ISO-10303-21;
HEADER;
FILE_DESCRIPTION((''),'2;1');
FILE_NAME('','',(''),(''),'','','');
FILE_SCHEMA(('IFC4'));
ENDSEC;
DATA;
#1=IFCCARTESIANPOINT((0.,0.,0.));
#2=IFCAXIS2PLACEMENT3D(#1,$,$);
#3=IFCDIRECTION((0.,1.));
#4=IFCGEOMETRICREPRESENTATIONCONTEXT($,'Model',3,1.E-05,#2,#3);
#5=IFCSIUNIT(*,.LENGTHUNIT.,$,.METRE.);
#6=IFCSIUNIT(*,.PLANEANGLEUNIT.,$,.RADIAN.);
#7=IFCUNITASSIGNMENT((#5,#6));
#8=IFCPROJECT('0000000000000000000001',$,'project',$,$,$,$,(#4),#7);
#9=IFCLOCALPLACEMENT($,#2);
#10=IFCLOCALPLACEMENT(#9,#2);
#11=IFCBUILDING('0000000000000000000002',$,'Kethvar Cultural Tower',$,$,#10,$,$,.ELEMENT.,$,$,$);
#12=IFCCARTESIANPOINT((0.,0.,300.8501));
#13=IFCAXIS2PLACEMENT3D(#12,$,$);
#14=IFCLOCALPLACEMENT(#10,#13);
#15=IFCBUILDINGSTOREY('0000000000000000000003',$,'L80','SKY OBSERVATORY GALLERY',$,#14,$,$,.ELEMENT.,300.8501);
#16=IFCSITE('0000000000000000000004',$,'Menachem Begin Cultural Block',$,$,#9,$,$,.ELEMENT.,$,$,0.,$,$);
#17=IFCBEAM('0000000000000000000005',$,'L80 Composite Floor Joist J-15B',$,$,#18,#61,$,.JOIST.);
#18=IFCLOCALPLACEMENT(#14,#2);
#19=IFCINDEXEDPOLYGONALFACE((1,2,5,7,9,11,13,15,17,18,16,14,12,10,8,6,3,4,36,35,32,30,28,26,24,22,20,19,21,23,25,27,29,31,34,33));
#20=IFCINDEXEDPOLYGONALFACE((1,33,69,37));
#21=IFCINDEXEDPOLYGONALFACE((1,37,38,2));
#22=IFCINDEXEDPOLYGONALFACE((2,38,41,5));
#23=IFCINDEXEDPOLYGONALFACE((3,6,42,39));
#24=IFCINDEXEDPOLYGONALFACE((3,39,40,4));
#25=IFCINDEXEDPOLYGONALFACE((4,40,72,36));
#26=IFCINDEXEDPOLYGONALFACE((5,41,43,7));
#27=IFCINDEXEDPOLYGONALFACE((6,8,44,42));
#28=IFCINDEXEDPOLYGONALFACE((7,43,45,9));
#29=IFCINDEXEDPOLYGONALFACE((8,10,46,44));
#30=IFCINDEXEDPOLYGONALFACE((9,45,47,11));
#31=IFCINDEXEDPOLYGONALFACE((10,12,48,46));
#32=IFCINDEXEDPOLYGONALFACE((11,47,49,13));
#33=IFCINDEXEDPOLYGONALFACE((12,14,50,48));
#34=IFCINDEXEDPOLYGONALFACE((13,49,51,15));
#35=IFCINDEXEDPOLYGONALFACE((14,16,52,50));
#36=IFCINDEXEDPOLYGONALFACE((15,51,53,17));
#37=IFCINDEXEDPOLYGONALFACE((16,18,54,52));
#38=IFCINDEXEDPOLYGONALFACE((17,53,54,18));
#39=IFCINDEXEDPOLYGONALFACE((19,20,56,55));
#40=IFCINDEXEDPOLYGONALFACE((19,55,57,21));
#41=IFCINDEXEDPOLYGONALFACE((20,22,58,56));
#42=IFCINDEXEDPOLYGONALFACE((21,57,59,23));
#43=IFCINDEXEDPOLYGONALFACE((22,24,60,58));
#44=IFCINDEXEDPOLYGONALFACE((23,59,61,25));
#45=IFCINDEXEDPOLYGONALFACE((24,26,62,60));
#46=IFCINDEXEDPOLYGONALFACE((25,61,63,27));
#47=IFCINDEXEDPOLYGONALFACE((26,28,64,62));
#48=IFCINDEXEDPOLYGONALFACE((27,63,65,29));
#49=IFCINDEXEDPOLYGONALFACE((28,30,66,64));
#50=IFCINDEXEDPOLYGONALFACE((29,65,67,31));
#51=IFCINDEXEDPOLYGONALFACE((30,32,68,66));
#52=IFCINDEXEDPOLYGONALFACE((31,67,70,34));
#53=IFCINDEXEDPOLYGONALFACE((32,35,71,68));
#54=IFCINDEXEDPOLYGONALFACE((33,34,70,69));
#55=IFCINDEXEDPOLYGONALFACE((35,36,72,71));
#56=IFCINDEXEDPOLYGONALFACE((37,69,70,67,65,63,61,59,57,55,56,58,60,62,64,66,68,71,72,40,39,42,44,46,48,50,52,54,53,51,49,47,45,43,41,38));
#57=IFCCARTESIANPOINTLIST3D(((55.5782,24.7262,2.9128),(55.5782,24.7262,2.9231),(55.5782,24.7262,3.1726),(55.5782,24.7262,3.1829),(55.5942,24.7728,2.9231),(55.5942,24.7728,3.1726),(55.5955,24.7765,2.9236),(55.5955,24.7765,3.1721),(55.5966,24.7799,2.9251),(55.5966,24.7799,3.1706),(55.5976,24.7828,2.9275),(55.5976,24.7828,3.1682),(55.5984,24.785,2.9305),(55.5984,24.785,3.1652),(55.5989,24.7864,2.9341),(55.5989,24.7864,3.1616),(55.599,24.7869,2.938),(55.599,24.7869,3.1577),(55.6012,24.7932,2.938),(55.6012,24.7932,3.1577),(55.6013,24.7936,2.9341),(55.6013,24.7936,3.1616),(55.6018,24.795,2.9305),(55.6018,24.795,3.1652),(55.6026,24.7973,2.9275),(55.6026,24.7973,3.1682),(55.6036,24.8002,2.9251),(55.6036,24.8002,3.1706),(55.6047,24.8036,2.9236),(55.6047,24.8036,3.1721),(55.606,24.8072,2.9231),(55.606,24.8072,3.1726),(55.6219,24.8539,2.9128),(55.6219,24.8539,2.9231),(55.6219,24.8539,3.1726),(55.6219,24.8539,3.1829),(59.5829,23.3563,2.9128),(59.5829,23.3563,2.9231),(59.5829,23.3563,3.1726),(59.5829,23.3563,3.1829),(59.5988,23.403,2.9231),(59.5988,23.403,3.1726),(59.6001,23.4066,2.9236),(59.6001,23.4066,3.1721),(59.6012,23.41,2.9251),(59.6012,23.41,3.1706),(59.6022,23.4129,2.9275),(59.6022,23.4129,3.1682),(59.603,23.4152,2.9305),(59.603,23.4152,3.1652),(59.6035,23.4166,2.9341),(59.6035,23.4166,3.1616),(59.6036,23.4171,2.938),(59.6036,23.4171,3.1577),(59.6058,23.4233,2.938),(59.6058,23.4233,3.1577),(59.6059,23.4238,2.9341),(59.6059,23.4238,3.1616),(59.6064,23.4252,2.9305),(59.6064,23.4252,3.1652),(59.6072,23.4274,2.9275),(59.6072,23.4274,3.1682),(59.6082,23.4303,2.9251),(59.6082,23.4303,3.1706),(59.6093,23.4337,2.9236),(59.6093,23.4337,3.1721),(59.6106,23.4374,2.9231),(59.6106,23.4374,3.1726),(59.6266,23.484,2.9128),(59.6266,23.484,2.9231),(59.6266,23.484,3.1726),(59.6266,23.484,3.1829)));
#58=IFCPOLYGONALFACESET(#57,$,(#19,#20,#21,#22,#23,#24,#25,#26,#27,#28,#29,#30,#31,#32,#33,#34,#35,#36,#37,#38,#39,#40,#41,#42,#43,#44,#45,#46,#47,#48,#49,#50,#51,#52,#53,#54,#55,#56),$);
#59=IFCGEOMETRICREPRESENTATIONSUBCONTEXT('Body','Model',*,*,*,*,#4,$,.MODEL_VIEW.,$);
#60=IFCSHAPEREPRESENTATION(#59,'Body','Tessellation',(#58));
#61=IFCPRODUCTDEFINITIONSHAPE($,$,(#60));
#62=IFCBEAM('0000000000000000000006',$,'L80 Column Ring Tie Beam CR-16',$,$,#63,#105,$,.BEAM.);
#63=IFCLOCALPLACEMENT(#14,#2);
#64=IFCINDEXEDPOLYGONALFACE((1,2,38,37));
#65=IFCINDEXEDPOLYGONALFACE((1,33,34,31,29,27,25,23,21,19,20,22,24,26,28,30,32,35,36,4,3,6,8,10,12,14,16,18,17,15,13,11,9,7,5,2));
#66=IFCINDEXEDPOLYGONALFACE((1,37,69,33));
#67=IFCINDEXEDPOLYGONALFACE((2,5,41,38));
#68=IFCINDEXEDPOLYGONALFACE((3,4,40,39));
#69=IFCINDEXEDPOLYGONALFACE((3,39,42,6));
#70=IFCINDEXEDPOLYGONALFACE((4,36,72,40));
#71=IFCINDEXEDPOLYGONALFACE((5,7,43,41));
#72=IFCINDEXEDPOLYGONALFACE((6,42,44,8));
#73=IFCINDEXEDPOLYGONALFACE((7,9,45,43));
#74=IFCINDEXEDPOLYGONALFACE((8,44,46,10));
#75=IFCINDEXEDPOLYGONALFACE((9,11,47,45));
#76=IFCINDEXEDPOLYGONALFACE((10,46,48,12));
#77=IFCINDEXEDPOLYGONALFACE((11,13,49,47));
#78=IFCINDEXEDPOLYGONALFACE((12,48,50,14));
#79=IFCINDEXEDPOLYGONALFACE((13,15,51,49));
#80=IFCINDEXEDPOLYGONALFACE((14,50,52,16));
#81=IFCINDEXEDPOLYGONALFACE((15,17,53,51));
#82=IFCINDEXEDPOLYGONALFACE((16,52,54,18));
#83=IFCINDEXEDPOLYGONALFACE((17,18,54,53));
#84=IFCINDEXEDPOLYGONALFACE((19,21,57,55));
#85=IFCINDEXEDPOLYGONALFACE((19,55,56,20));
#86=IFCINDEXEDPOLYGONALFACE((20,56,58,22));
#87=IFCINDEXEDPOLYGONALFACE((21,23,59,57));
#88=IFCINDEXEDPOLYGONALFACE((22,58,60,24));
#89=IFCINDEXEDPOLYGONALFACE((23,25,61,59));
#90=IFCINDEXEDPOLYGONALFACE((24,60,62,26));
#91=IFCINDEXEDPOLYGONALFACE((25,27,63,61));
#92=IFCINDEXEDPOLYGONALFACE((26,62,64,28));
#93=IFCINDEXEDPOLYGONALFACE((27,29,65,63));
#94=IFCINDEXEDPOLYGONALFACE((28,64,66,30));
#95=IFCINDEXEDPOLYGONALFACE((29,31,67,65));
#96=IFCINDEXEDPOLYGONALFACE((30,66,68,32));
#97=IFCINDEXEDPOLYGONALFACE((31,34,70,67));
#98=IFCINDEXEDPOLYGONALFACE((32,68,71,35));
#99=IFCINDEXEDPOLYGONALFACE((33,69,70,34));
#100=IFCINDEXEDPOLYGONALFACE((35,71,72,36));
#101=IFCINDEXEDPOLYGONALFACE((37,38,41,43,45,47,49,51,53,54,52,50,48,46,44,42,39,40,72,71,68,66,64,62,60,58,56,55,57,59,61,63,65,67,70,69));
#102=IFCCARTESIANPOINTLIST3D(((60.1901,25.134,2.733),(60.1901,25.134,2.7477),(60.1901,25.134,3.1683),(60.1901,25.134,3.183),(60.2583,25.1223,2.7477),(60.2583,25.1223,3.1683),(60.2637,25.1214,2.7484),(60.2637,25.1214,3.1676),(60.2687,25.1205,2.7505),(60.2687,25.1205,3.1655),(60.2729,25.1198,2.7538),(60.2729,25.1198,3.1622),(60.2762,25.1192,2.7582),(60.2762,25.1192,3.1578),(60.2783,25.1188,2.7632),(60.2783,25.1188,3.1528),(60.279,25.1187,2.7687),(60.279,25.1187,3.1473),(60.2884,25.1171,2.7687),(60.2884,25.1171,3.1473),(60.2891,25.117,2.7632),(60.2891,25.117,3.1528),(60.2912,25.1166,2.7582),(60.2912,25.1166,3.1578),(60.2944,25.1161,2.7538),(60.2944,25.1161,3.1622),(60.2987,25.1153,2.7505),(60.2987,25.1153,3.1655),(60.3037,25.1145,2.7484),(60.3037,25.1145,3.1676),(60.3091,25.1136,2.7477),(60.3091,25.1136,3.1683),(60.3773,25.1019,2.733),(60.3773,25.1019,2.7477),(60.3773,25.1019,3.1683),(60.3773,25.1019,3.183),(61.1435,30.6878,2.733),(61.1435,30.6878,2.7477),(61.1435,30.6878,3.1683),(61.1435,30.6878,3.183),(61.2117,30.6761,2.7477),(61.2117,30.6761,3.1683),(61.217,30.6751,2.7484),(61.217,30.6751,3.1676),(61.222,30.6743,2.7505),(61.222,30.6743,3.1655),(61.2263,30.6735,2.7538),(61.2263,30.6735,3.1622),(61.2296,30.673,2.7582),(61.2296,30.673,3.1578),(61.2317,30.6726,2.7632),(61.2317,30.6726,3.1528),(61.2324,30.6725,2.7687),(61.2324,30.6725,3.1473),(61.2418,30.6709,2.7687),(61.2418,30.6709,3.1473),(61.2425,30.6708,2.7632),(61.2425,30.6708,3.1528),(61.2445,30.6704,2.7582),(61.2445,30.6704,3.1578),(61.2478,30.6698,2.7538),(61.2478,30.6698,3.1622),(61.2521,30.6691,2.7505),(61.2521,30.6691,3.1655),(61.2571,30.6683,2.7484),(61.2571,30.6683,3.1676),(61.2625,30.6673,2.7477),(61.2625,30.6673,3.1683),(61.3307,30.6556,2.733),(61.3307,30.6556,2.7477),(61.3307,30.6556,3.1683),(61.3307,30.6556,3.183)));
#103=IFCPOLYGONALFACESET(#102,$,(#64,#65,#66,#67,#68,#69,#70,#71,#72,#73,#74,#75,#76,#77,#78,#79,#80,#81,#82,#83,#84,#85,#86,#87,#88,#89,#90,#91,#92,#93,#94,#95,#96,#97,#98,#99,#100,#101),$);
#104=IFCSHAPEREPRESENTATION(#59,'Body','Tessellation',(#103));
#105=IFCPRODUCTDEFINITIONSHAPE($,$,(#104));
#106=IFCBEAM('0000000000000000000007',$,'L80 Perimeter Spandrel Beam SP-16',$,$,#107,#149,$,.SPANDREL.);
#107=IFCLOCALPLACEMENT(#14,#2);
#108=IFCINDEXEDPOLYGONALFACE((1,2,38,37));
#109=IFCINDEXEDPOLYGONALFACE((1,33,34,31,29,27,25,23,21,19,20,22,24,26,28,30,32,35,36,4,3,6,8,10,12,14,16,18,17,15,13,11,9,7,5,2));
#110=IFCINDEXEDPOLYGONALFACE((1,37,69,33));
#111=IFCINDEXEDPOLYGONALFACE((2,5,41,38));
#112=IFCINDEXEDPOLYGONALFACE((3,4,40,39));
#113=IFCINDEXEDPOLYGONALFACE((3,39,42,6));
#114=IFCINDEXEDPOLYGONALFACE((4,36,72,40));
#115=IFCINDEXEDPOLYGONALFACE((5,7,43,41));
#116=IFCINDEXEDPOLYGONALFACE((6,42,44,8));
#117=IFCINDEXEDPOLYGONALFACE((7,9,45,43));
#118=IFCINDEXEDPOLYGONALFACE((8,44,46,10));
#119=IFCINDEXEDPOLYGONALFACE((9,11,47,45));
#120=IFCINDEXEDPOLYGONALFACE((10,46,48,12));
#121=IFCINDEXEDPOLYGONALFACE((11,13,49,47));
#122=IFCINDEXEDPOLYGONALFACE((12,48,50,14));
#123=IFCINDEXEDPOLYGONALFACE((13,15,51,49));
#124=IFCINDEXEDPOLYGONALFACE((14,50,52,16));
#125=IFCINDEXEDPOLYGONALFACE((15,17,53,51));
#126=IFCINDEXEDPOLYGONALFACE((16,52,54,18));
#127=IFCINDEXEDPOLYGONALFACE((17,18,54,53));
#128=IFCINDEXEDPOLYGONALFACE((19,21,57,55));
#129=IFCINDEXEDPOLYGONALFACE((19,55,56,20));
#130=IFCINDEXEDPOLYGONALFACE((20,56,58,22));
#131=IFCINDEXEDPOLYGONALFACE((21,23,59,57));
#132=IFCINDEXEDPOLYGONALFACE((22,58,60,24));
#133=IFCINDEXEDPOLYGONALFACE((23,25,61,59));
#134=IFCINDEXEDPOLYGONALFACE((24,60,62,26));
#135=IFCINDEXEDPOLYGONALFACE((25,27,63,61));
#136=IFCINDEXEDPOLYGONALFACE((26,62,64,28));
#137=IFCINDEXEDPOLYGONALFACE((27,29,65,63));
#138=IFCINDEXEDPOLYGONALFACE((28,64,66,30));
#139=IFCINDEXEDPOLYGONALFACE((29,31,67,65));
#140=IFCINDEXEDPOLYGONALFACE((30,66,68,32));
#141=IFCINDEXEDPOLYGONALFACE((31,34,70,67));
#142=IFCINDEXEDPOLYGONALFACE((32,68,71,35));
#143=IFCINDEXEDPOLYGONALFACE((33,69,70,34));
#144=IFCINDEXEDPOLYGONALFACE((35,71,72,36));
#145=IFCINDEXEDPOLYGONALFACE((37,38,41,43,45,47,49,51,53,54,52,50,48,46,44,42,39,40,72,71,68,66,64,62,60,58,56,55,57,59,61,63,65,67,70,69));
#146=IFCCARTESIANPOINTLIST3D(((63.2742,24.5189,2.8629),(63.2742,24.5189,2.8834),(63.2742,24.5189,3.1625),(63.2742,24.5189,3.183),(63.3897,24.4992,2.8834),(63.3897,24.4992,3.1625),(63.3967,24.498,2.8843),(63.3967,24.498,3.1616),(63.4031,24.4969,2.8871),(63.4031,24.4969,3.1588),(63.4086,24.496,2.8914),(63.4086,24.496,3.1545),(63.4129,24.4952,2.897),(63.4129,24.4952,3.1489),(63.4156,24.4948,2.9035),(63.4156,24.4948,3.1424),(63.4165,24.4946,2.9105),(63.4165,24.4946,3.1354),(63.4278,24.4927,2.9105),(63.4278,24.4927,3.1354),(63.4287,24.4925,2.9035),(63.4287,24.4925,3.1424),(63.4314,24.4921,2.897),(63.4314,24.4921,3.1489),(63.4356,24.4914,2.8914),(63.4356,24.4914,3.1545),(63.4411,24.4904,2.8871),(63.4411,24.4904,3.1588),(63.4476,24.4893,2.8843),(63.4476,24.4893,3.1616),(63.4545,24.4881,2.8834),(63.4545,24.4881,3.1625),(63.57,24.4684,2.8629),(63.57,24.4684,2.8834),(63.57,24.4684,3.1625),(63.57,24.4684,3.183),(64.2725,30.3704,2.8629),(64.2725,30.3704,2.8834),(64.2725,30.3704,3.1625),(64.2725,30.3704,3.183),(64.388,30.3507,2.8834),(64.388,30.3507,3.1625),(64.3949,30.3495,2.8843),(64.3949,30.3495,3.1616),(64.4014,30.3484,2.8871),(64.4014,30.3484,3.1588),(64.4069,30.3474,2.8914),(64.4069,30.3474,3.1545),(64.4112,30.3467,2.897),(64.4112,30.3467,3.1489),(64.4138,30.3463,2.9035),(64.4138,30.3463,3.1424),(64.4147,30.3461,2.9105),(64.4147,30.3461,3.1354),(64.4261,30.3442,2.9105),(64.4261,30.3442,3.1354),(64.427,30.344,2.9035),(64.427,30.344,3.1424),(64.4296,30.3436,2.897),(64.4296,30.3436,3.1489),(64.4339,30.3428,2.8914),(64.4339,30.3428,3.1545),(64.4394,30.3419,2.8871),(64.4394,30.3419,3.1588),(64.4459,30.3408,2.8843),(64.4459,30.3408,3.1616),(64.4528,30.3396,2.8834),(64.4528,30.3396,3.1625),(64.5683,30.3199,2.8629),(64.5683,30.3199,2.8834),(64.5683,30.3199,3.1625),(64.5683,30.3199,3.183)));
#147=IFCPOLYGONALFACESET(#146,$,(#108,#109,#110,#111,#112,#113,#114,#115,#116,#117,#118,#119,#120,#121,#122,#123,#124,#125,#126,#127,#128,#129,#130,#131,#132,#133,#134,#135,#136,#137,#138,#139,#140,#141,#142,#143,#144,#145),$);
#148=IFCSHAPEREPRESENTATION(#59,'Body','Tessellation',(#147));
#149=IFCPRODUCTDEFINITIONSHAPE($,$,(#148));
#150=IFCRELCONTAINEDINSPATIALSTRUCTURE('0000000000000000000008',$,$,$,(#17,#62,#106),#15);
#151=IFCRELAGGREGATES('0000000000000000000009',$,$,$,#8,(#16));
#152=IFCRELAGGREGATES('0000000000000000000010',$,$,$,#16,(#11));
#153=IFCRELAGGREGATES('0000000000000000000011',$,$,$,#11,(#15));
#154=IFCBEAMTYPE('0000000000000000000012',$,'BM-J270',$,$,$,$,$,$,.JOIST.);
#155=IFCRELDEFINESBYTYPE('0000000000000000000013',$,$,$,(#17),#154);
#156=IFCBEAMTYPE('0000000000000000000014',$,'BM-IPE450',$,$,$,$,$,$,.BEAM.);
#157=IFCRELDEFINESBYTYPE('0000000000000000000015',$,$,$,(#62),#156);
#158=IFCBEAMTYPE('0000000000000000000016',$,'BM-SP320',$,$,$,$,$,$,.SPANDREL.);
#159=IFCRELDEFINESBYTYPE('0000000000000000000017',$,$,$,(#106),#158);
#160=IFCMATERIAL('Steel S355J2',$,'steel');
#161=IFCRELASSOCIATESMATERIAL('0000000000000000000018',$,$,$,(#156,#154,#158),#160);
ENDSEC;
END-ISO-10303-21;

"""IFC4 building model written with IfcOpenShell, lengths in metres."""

from ifc_helpers import new_model, si_unit, direction, frame, origin, origin_2d, place, context, subcontext, project, spatial, i_section, extrude, source, transform, mapped, material, material_profile, profile_set, type_object, element, save


model = new_model("IFC4")

# Units and contexts
model_context = context("Model", 3, precision=1e-05, world=origin(), true_north=direction((0.0, 1.0)))
body_context = subcontext(model_context, "Body", "Model", "MODEL_VIEW")
ifc_project = project(units=[si_unit("LENGTHUNIT", "METRE"), si_unit("PLANEANGLEUNIT", "RADIAN")], contexts=[model_context])

# Site, building, storey
site_placement = place(None, origin())
site = spatial("IfcSite", under=ifc_project, at=site_placement, Name="Menachem Begin Cultural Block", CompositionType="ELEMENT", RefElevation=0.0)
building_placement = place(site_placement, origin())
building = spatial("IfcBuilding", under=site, at=building_placement, Name="Kethvar Cultural Tower", CompositionType="ELEMENT")
storey_placement = place(building_placement, frame((0.0, 0.0, 300.8501)))
storey = spatial("IfcBuildingStorey", under=building, at=storey_placement, Name="L80", Description="SKY OBSERVATORY GALLERY", CompositionType="ELEMENT", Elevation=300.8501)

# Shared definitions
ifc_material_1 = material(Name="Steel S355J2", Category="steel")

# Beams
ifc_material_profile_1 = material_profile(ifc_material_1, i_section(OverallWidth=0.1899, OverallDepth=0.45, WebThickness=0.0095, FlangeThickness=0.0146, FilletRadius=0.021, at=origin_2d()), Name="Steel S355J2 — IPE450")
ifc_profile_set_1 = profile_set([ifc_material_profile_1], Name="Steel S355J2 — IPE450")
beam_type_1 = type_object("IfcBeamType", Name="BM-IPE450", PredefinedType="BEAM", material=ifc_profile_set_1)
ifc_material_profile_2 = material_profile(ifc_material_1, i_section(OverallWidth=0.135, OverallDepth=0.27, WebThickness=0.0066, FlangeThickness=0.0103, FilletRadius=0.0149, at=origin_2d()), Name="Steel S355J2 — IPE270")
ifc_profile_set_2 = profile_set([ifc_material_profile_2], Name="Steel S355J2 — IPE270")
beam_type_2 = type_object("IfcBeamType", Name="BM-J270", PredefinedType="JOIST", material=ifc_profile_set_2)
shared_shape_1 = source(origin(), body_context, "Body", "SweptSolid", [
    extrude(i_section(OverallWidth=0.135, OverallDepth=0.27, WebThickness=0.0066, FlangeThickness=0.0103, FilletRadius=0.0149, at=origin_2d()), origin(), (0.0, 0.0, 1.0), 4.2324),
])
beam_1_placement = place(storey_placement, frame((55.6001, 24.79, 3.0479), z_axis=(0.946174, -0.323659, 0.0), x_axis=(0.323659, 0.946174, 0.0)))
element("IfcBeam", 1, at=beam_1_placement, inside=storey, type_object=beam_type_2, Name="L80 Composite Floor Joist J-15B", PredefinedType="JOIST", context=body_context, shape_type="MappedRepresentation", body=[
    mapped(shared_shape_1, transform((0.0, 0.0, 0.0), scale=1.0)),
])
shared_shape_2 = source(origin(), body_context, "Body", "SweptSolid", [
    extrude(i_section(OverallWidth=0.1899, OverallDepth=0.45, WebThickness=0.0095, FlangeThickness=0.0146, FilletRadius=0.021, at=origin_2d()), origin(), (0.0, 0.0, 1.0), 5.635),
])
beam_2_placement = place(storey_placement, frame((60.2837, 25.1179, 2.958), z_axis=(0.169189, 0.985584, 0.0), x_axis=(-0.985584, 0.169189, 0.0)))
element("IfcBeam", 2, at=beam_2_placement, inside=storey, type_object=beam_type_1, Name="L80 Column Ring Tie Beam CR-16", PredefinedType="BEAM", context=body_context, shape_type="MappedRepresentation", body=[
    mapped(shared_shape_2, transform((0.0, 0.0, 0.0), scale=1.0)),
])
ifc_material_profile_3 = material_profile(ifc_material_1, i_section(OverallWidth=0.3, OverallDepth=0.3201, WebThickness=0.0115, FlangeThickness=0.0205, FilletRadius=0.0271, at=origin_2d()), Name="Steel S355J2 — HEB320")
ifc_profile_set_3 = profile_set([ifc_material_profile_3], Name="Steel S355J2 — HEB320")
beam_type_3 = type_object("IfcBeamType", Name="BM-SP320", PredefinedType="SPANDREL", material=ifc_profile_set_3)
shared_shape_3 = source(origin(), body_context, "Body", "SweptSolid", [
    extrude(i_section(OverallWidth=0.3, OverallDepth=0.3201, WebThickness=0.0115, FlangeThickness=0.0205, FilletRadius=0.0271, at=origin_2d()), origin(), (0.0, 0.0, 1.0), 5.936),
])
beam_3_placement = place(storey_placement, frame((63.4221, 24.4937, 3.0229), z_axis=(0.168173, 0.985758, 0.0), x_axis=(-0.985758, 0.168173, 0.0)))
element("IfcBeam", 3, at=beam_3_placement, inside=storey, type_object=beam_type_3, Name="L80 Perimeter Spandrel Beam SP-16", PredefinedType="SPANDREL", context=body_context, shape_type="MappedRepresentation", body=[
    mapped(shared_shape_3, transform((0.0, 0.0, 0.0), scale=1.0)),
])

save(model, "model.ifc")
